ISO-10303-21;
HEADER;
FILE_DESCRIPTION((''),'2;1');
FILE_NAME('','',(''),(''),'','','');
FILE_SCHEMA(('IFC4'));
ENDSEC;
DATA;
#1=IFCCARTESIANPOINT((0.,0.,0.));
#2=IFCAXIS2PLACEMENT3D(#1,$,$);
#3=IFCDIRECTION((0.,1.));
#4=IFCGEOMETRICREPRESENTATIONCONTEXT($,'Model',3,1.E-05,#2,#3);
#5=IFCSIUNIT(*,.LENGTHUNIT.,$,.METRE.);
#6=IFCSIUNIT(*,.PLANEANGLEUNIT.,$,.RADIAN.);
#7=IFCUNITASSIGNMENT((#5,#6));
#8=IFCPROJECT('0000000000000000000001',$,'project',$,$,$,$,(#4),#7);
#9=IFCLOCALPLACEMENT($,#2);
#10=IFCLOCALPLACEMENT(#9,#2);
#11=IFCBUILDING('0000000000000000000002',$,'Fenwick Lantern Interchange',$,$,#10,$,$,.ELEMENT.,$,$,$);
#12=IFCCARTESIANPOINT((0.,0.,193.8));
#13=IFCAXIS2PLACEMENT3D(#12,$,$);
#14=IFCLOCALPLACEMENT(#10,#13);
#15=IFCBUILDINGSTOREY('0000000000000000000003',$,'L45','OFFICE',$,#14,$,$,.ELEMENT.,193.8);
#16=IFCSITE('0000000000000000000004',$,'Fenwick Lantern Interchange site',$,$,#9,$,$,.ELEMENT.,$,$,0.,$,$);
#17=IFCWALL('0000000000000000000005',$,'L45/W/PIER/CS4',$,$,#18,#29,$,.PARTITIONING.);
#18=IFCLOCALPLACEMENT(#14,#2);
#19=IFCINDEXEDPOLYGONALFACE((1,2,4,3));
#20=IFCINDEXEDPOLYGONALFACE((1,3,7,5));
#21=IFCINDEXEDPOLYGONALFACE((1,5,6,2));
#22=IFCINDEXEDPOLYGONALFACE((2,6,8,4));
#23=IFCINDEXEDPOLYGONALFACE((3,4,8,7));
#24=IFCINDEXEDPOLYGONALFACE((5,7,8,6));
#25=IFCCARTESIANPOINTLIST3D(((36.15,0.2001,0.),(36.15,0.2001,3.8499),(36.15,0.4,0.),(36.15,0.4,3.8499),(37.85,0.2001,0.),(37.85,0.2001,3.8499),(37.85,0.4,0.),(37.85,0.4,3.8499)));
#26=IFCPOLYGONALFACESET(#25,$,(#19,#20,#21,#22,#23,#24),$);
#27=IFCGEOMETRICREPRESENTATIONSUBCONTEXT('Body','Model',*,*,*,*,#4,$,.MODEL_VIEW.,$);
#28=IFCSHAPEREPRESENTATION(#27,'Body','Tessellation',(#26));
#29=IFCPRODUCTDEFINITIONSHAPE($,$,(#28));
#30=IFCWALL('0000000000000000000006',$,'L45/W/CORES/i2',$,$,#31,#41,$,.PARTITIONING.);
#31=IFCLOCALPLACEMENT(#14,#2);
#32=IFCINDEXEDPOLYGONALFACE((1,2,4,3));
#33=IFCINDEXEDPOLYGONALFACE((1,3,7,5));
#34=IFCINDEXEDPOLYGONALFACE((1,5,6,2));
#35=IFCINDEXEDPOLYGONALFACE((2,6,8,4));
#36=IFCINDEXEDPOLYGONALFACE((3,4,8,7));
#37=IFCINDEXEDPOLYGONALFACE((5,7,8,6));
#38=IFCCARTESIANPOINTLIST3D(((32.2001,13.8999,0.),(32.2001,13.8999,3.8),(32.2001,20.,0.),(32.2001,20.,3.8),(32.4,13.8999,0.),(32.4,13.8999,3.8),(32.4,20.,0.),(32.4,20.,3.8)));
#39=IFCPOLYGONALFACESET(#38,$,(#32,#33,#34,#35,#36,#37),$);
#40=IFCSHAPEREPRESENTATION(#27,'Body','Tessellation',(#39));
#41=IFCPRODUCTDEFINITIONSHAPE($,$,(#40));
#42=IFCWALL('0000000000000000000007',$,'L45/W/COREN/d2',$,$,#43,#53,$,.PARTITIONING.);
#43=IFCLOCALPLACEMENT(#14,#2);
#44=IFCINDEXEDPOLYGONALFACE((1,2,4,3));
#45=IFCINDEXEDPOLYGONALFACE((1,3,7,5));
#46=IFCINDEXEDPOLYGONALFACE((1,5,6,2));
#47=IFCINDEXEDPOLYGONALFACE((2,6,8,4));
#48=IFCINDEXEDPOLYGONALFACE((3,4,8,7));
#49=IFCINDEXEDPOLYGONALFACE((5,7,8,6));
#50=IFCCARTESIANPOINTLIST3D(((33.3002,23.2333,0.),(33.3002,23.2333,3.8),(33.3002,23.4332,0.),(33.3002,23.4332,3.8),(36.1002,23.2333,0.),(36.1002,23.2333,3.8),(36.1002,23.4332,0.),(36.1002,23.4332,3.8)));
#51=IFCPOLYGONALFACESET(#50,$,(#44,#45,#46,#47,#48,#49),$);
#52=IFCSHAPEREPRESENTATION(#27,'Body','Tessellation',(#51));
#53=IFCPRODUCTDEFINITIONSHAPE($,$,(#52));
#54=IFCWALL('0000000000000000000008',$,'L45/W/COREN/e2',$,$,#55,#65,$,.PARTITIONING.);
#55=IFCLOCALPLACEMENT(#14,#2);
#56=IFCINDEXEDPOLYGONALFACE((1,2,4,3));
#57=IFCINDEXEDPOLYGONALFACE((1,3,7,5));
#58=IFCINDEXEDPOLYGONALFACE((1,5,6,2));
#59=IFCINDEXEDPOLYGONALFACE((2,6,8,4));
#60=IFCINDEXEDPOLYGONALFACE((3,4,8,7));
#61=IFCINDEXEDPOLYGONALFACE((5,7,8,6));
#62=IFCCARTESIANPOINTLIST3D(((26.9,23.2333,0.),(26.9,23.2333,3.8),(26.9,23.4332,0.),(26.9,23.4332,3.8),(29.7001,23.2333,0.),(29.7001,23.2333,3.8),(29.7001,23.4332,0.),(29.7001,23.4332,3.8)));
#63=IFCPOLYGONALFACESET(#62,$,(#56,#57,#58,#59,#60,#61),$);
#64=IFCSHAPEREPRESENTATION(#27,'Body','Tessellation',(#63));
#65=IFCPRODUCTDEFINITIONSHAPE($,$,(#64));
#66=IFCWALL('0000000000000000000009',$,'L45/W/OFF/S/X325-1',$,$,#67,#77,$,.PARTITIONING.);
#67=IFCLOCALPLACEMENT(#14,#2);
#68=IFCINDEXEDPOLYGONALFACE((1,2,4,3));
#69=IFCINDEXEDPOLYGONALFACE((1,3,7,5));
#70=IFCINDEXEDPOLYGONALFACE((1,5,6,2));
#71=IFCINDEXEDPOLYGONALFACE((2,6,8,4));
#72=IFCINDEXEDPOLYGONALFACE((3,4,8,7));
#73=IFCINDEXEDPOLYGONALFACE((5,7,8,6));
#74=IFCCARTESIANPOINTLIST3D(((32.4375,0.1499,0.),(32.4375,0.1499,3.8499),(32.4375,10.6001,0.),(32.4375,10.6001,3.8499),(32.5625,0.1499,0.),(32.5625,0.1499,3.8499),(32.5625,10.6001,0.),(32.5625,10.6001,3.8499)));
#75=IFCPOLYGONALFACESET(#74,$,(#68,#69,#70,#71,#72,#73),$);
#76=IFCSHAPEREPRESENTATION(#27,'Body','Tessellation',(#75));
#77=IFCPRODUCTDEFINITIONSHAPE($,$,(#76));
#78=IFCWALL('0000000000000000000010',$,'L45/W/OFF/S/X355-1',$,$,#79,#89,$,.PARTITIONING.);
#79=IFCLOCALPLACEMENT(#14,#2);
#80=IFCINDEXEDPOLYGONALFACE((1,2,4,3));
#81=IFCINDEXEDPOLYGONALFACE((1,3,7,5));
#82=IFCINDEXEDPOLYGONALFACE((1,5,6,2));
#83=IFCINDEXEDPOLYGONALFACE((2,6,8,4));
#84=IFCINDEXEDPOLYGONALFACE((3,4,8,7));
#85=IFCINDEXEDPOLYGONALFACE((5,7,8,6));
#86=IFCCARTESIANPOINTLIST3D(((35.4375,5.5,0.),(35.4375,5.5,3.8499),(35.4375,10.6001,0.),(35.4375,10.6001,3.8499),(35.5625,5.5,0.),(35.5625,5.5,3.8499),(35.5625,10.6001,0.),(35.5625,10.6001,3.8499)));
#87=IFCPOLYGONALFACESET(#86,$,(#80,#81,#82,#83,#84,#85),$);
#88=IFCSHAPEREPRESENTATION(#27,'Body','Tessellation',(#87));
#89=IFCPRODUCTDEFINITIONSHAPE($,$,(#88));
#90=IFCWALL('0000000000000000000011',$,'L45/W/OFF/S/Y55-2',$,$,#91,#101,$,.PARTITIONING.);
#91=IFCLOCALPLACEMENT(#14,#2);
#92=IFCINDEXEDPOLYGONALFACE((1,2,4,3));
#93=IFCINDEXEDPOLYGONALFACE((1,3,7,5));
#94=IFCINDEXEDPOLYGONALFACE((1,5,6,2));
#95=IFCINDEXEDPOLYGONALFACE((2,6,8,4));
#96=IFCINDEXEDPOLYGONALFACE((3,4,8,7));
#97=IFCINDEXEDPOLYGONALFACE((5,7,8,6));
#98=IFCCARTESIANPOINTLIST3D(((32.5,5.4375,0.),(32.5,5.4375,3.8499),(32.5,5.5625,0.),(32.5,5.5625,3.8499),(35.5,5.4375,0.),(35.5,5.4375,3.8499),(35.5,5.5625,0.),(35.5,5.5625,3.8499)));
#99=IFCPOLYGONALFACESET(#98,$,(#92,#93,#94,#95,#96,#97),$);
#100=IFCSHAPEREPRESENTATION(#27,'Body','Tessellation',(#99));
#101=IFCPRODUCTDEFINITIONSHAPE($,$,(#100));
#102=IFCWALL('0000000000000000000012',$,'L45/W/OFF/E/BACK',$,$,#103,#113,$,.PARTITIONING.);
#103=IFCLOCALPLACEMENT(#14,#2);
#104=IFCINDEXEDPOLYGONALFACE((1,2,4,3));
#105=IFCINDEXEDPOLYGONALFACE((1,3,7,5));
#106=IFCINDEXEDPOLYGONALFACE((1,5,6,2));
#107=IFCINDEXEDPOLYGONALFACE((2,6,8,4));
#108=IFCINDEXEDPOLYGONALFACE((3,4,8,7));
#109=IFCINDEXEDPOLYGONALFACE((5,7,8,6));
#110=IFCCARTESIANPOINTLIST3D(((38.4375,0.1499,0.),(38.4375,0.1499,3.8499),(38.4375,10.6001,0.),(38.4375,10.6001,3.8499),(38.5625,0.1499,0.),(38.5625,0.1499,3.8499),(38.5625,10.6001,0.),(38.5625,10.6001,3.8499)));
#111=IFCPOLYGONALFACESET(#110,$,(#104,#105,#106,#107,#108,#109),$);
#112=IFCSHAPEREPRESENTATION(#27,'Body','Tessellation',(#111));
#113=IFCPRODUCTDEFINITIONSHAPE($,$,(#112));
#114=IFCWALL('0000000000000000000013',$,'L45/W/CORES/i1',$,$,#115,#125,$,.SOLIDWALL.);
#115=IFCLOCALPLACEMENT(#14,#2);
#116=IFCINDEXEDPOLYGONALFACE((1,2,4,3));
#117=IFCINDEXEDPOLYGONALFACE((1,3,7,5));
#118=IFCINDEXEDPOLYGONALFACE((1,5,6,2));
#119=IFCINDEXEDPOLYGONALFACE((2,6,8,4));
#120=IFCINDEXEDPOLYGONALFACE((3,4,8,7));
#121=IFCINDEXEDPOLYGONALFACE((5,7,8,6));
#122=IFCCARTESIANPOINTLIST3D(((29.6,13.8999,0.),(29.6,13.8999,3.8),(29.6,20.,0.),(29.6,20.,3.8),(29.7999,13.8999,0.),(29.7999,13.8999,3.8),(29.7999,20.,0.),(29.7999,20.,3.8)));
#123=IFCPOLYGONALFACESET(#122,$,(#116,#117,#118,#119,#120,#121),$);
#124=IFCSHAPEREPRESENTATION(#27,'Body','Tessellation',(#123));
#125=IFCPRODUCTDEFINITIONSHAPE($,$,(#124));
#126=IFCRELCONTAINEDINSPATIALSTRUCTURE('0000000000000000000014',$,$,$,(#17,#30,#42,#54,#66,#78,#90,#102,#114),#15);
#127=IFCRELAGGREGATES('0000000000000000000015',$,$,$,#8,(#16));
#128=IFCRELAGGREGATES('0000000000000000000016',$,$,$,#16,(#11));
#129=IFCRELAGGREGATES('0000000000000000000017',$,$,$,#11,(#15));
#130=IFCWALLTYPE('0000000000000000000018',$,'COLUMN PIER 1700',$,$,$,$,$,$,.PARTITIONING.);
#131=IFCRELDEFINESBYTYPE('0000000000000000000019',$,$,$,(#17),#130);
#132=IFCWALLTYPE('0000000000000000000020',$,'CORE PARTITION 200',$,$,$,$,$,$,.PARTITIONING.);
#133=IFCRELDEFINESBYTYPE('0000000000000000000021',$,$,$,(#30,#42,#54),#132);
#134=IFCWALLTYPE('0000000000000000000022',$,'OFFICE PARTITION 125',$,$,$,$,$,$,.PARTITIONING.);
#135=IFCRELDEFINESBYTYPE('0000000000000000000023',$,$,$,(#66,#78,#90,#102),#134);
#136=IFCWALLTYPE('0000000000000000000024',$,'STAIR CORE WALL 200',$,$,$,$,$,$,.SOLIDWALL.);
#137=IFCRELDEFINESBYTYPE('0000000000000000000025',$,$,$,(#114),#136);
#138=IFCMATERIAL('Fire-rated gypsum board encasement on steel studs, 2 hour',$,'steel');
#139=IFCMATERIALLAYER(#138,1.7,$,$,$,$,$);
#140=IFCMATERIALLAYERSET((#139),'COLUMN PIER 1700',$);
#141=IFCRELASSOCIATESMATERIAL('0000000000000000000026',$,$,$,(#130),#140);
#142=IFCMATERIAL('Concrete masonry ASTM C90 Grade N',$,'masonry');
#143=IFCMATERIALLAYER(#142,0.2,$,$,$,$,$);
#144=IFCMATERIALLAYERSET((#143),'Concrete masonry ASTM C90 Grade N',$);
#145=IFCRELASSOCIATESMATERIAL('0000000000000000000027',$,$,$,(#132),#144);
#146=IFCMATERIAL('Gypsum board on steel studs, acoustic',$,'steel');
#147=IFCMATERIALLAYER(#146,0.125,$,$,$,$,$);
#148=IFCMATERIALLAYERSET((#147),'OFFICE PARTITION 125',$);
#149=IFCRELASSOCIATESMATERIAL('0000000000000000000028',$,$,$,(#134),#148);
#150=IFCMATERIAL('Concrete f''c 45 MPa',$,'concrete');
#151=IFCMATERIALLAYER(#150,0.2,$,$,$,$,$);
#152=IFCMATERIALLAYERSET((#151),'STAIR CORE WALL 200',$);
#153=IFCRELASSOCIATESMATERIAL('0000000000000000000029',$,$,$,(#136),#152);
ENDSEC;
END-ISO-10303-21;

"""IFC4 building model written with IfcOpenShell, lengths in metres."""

from ifc_helpers import new_model, si_unit, direction, frame, frame_2d, origin, place, context, subcontext, project, spatial, rectangle, extrude, material, layer, layer_set, type_object, element, save


model = new_model("IFC4")

# Units and contexts
model_context = context("Model", 3, precision=1e-05, world=origin(), true_north=direction((0.0, 1.0)))
body_context = subcontext(model_context, "Body", "Model", "MODEL_VIEW")
ifc_project = project(units=[si_unit("LENGTHUNIT", "METRE"), si_unit("PLANEANGLEUNIT", "RADIAN")], contexts=[model_context])

# Site, building, storey
site_placement = place(None, origin())
site = spatial("IfcSite", under=ifc_project, at=site_placement, Name="Fenwick Lantern Interchange site", CompositionType="ELEMENT", RefElevation=0.0)
building_placement = place(site_placement, origin())
building = spatial("IfcBuilding", under=site, at=building_placement, Name="Fenwick Lantern Interchange", CompositionType="ELEMENT")
storey_placement = place(building_placement, frame((0.0, 0.0, 193.8)))
storey = spatial("IfcBuildingStorey", under=building, at=storey_placement, Name="L45", Description="OFFICE", CompositionType="ELEMENT", Elevation=193.8)

# Walls
ifc_material_1 = material(Name="Fire-rated gypsum board encasement on steel studs, 2 hour", Category="steel")
ifc_layer_1 = layer(ifc_material_1, 1.7)
ifc_layer_set_1 = layer_set([ifc_layer_1], Name="COLUMN PIER 1700")
wall_type_1 = type_object("IfcWallType", Name="COLUMN PIER 1700", PredefinedType="PARTITIONING", material=ifc_layer_set_1)
wall_1_placement = place(storey_placement, frame((37.0, 0.2, 0.0), z_axis=(0.0, 0.0, 1.0), x_axis=(0.0, 1.0, 0.0)))
element("IfcWall", 1, at=wall_1_placement, inside=storey, type_object=wall_type_1, Name="L45/W/PIER/CS4", PredefinedType="PARTITIONING", context=body_context, shape_type="SweptSolid", body=[
    extrude(rectangle(XDim=0.2, YDim=1.7, at=frame_2d((0.1001, 0.0))), origin(), (0.0, 0.0, 1.0), 3.8499),
])
ifc_material_2 = material(Name="Concrete masonry ASTM C90 Grade N", Category="masonry")
ifc_layer_2 = layer(ifc_material_2, 0.2)
ifc_layer_set_2 = layer_set([ifc_layer_2], Name="Concrete masonry ASTM C90 Grade N")
wall_type_2 = type_object("IfcWallType", Name="CORE PARTITION 200", PredefinedType="PARTITIONING", material=ifc_layer_set_2)
wall_2_placement = place(storey_placement, frame((32.3, 13.8999, 0.0), z_axis=(0.0, 0.0, 1.0), x_axis=(0.0, 1.0, 0.0)))
element("IfcWall", 2, at=wall_2_placement, inside=storey, type_object=wall_type_2, Name="L45/W/CORES/i2", PredefinedType="PARTITIONING", context=body_context, shape_type="SweptSolid", body=[
    extrude(rectangle(XDim=6.1001, YDim=0.2, at=frame_2d((3.05, 0.0))), origin(), (0.0, 0.0, 1.0), 3.8),
])
for number, where, z_axis, x_axis, name in (
    (3, (36.1001, 23.3333, 0.0), (0.0, 0.0, 1.0), (-1.0, 0.0, 0.0), "L45/W/COREN/d2"),
    (4, (29.7, 23.3333, 0.0), (0.0, 0.0, 1.0), (-1.0, 0.0, 0.0), "L45/W/COREN/e2"),
):
    element("IfcWall", number, at=place(storey_placement, frame(where, z_axis=z_axis, x_axis=x_axis)), inside=storey, type_object=wall_type_2, Name=name, PredefinedType="PARTITIONING", context=body_context, shape_type="SweptSolid", body=[
        extrude(rectangle(XDim=2.8, YDim=0.2, at=frame_2d((1.3999, 0.0))), origin(), (0.0, 0.0, 1.0), 3.8),
    ])

# Walls
ifc_material_3 = material(Name="Gypsum board on steel studs, acoustic", Category="steel")
ifc_layer_3 = layer(ifc_material_3, 0.125)
ifc_layer_set_3 = layer_set([ifc_layer_3], Name="OFFICE PARTITION 125")
wall_type_3 = type_object("IfcWallType", Name="OFFICE PARTITION 125", PredefinedType="PARTITIONING", material=ifc_layer_set_3)
wall_3_placement = place(storey_placement, frame((32.5, 0.1499, 0.0), z_axis=(0.0, 0.0, 1.0), x_axis=(0.0, 1.0, 0.0)))
element("IfcWall", 5, at=wall_3_placement, inside=storey, type_object=wall_type_3, Name="L45/W/OFF/S/X325-1", PredefinedType="PARTITIONING", context=body_context, shape_type="SweptSolid", body=[
    extrude(rectangle(XDim=10.4502, YDim=0.125, at=frame_2d((5.2251, 0.0))), origin(), (0.0, 0.0, 1.0), 3.8499),
])
wall_4_placement = place(storey_placement, frame((35.5, 5.5, 0.0), z_axis=(0.0, 0.0, 1.0), x_axis=(0.0, 1.0, 0.0)))
element("IfcWall", 6, at=wall_4_placement, inside=storey, type_object=wall_type_3, Name="L45/W/OFF/S/X355-1", PredefinedType="PARTITIONING", context=body_context, shape_type="SweptSolid", body=[
    extrude(rectangle(XDim=5.1001, YDim=0.125, at=frame_2d((2.55, 0.0))), origin(), (0.0, 0.0, 1.0), 3.8499),
])
wall_5_placement = place(storey_placement, frame((32.5, 5.5, 0.0), z_axis=(0.0, 0.0, 1.0), x_axis=(1.0, 0.0, 0.0)))
element("IfcWall", 7, at=wall_5_placement, inside=storey, type_object=wall_type_3, Name="L45/W/OFF/S/Y55-2", PredefinedType="PARTITIONING", context=body_context, shape_type="SweptSolid", body=[
    extrude(rectangle(XDim=3.0, YDim=0.125, at=frame_2d((1.5, 0.0))), origin(), (0.0, 0.0, 1.0), 3.8499),
])
wall_6_placement = place(storey_placement, frame((38.5, 0.1499, 0.0), z_axis=(0.0, 0.0, 1.0), x_axis=(0.0, 1.0, 0.0)))
element("IfcWall", 8, at=wall_6_placement, inside=storey, type_object=wall_type_3, Name="L45/W/OFF/E/BACK", PredefinedType="PARTITIONING", context=body_context, shape_type="SweptSolid", body=[
    extrude(rectangle(XDim=10.4502, YDim=0.125, at=frame_2d((5.2251, 0.0))), origin(), (0.0, 0.0, 1.0), 3.8499),
])
ifc_material_4 = material(Name="Concrete f'c 45 MPa", Category="concrete")
ifc_layer_4 = layer(ifc_material_4, 0.2)
ifc_layer_set_4 = layer_set([ifc_layer_4], Name="STAIR CORE WALL 200")
wall_type_4 = type_object("IfcWallType", Name="STAIR CORE WALL 200", PredefinedType="SOLIDWALL", material=ifc_layer_set_4)
wall_7_placement = place(storey_placement, frame((29.7, 13.8999, 0.0), z_axis=(0.0, 0.0, 1.0), x_axis=(0.0, 1.0, 0.0)))
element("IfcWall", 9, at=wall_7_placement, inside=storey, type_object=wall_type_4, Name="L45/W/CORES/i1", PredefinedType="SOLIDWALL", context=body_context, shape_type="SweptSolid", body=[
    extrude(rectangle(XDim=6.1001, YDim=0.2, at=frame_2d((3.05, 0.0))), origin(), (0.0, 0.0, 1.0), 3.8),
])

save(model, "model.ifc")
